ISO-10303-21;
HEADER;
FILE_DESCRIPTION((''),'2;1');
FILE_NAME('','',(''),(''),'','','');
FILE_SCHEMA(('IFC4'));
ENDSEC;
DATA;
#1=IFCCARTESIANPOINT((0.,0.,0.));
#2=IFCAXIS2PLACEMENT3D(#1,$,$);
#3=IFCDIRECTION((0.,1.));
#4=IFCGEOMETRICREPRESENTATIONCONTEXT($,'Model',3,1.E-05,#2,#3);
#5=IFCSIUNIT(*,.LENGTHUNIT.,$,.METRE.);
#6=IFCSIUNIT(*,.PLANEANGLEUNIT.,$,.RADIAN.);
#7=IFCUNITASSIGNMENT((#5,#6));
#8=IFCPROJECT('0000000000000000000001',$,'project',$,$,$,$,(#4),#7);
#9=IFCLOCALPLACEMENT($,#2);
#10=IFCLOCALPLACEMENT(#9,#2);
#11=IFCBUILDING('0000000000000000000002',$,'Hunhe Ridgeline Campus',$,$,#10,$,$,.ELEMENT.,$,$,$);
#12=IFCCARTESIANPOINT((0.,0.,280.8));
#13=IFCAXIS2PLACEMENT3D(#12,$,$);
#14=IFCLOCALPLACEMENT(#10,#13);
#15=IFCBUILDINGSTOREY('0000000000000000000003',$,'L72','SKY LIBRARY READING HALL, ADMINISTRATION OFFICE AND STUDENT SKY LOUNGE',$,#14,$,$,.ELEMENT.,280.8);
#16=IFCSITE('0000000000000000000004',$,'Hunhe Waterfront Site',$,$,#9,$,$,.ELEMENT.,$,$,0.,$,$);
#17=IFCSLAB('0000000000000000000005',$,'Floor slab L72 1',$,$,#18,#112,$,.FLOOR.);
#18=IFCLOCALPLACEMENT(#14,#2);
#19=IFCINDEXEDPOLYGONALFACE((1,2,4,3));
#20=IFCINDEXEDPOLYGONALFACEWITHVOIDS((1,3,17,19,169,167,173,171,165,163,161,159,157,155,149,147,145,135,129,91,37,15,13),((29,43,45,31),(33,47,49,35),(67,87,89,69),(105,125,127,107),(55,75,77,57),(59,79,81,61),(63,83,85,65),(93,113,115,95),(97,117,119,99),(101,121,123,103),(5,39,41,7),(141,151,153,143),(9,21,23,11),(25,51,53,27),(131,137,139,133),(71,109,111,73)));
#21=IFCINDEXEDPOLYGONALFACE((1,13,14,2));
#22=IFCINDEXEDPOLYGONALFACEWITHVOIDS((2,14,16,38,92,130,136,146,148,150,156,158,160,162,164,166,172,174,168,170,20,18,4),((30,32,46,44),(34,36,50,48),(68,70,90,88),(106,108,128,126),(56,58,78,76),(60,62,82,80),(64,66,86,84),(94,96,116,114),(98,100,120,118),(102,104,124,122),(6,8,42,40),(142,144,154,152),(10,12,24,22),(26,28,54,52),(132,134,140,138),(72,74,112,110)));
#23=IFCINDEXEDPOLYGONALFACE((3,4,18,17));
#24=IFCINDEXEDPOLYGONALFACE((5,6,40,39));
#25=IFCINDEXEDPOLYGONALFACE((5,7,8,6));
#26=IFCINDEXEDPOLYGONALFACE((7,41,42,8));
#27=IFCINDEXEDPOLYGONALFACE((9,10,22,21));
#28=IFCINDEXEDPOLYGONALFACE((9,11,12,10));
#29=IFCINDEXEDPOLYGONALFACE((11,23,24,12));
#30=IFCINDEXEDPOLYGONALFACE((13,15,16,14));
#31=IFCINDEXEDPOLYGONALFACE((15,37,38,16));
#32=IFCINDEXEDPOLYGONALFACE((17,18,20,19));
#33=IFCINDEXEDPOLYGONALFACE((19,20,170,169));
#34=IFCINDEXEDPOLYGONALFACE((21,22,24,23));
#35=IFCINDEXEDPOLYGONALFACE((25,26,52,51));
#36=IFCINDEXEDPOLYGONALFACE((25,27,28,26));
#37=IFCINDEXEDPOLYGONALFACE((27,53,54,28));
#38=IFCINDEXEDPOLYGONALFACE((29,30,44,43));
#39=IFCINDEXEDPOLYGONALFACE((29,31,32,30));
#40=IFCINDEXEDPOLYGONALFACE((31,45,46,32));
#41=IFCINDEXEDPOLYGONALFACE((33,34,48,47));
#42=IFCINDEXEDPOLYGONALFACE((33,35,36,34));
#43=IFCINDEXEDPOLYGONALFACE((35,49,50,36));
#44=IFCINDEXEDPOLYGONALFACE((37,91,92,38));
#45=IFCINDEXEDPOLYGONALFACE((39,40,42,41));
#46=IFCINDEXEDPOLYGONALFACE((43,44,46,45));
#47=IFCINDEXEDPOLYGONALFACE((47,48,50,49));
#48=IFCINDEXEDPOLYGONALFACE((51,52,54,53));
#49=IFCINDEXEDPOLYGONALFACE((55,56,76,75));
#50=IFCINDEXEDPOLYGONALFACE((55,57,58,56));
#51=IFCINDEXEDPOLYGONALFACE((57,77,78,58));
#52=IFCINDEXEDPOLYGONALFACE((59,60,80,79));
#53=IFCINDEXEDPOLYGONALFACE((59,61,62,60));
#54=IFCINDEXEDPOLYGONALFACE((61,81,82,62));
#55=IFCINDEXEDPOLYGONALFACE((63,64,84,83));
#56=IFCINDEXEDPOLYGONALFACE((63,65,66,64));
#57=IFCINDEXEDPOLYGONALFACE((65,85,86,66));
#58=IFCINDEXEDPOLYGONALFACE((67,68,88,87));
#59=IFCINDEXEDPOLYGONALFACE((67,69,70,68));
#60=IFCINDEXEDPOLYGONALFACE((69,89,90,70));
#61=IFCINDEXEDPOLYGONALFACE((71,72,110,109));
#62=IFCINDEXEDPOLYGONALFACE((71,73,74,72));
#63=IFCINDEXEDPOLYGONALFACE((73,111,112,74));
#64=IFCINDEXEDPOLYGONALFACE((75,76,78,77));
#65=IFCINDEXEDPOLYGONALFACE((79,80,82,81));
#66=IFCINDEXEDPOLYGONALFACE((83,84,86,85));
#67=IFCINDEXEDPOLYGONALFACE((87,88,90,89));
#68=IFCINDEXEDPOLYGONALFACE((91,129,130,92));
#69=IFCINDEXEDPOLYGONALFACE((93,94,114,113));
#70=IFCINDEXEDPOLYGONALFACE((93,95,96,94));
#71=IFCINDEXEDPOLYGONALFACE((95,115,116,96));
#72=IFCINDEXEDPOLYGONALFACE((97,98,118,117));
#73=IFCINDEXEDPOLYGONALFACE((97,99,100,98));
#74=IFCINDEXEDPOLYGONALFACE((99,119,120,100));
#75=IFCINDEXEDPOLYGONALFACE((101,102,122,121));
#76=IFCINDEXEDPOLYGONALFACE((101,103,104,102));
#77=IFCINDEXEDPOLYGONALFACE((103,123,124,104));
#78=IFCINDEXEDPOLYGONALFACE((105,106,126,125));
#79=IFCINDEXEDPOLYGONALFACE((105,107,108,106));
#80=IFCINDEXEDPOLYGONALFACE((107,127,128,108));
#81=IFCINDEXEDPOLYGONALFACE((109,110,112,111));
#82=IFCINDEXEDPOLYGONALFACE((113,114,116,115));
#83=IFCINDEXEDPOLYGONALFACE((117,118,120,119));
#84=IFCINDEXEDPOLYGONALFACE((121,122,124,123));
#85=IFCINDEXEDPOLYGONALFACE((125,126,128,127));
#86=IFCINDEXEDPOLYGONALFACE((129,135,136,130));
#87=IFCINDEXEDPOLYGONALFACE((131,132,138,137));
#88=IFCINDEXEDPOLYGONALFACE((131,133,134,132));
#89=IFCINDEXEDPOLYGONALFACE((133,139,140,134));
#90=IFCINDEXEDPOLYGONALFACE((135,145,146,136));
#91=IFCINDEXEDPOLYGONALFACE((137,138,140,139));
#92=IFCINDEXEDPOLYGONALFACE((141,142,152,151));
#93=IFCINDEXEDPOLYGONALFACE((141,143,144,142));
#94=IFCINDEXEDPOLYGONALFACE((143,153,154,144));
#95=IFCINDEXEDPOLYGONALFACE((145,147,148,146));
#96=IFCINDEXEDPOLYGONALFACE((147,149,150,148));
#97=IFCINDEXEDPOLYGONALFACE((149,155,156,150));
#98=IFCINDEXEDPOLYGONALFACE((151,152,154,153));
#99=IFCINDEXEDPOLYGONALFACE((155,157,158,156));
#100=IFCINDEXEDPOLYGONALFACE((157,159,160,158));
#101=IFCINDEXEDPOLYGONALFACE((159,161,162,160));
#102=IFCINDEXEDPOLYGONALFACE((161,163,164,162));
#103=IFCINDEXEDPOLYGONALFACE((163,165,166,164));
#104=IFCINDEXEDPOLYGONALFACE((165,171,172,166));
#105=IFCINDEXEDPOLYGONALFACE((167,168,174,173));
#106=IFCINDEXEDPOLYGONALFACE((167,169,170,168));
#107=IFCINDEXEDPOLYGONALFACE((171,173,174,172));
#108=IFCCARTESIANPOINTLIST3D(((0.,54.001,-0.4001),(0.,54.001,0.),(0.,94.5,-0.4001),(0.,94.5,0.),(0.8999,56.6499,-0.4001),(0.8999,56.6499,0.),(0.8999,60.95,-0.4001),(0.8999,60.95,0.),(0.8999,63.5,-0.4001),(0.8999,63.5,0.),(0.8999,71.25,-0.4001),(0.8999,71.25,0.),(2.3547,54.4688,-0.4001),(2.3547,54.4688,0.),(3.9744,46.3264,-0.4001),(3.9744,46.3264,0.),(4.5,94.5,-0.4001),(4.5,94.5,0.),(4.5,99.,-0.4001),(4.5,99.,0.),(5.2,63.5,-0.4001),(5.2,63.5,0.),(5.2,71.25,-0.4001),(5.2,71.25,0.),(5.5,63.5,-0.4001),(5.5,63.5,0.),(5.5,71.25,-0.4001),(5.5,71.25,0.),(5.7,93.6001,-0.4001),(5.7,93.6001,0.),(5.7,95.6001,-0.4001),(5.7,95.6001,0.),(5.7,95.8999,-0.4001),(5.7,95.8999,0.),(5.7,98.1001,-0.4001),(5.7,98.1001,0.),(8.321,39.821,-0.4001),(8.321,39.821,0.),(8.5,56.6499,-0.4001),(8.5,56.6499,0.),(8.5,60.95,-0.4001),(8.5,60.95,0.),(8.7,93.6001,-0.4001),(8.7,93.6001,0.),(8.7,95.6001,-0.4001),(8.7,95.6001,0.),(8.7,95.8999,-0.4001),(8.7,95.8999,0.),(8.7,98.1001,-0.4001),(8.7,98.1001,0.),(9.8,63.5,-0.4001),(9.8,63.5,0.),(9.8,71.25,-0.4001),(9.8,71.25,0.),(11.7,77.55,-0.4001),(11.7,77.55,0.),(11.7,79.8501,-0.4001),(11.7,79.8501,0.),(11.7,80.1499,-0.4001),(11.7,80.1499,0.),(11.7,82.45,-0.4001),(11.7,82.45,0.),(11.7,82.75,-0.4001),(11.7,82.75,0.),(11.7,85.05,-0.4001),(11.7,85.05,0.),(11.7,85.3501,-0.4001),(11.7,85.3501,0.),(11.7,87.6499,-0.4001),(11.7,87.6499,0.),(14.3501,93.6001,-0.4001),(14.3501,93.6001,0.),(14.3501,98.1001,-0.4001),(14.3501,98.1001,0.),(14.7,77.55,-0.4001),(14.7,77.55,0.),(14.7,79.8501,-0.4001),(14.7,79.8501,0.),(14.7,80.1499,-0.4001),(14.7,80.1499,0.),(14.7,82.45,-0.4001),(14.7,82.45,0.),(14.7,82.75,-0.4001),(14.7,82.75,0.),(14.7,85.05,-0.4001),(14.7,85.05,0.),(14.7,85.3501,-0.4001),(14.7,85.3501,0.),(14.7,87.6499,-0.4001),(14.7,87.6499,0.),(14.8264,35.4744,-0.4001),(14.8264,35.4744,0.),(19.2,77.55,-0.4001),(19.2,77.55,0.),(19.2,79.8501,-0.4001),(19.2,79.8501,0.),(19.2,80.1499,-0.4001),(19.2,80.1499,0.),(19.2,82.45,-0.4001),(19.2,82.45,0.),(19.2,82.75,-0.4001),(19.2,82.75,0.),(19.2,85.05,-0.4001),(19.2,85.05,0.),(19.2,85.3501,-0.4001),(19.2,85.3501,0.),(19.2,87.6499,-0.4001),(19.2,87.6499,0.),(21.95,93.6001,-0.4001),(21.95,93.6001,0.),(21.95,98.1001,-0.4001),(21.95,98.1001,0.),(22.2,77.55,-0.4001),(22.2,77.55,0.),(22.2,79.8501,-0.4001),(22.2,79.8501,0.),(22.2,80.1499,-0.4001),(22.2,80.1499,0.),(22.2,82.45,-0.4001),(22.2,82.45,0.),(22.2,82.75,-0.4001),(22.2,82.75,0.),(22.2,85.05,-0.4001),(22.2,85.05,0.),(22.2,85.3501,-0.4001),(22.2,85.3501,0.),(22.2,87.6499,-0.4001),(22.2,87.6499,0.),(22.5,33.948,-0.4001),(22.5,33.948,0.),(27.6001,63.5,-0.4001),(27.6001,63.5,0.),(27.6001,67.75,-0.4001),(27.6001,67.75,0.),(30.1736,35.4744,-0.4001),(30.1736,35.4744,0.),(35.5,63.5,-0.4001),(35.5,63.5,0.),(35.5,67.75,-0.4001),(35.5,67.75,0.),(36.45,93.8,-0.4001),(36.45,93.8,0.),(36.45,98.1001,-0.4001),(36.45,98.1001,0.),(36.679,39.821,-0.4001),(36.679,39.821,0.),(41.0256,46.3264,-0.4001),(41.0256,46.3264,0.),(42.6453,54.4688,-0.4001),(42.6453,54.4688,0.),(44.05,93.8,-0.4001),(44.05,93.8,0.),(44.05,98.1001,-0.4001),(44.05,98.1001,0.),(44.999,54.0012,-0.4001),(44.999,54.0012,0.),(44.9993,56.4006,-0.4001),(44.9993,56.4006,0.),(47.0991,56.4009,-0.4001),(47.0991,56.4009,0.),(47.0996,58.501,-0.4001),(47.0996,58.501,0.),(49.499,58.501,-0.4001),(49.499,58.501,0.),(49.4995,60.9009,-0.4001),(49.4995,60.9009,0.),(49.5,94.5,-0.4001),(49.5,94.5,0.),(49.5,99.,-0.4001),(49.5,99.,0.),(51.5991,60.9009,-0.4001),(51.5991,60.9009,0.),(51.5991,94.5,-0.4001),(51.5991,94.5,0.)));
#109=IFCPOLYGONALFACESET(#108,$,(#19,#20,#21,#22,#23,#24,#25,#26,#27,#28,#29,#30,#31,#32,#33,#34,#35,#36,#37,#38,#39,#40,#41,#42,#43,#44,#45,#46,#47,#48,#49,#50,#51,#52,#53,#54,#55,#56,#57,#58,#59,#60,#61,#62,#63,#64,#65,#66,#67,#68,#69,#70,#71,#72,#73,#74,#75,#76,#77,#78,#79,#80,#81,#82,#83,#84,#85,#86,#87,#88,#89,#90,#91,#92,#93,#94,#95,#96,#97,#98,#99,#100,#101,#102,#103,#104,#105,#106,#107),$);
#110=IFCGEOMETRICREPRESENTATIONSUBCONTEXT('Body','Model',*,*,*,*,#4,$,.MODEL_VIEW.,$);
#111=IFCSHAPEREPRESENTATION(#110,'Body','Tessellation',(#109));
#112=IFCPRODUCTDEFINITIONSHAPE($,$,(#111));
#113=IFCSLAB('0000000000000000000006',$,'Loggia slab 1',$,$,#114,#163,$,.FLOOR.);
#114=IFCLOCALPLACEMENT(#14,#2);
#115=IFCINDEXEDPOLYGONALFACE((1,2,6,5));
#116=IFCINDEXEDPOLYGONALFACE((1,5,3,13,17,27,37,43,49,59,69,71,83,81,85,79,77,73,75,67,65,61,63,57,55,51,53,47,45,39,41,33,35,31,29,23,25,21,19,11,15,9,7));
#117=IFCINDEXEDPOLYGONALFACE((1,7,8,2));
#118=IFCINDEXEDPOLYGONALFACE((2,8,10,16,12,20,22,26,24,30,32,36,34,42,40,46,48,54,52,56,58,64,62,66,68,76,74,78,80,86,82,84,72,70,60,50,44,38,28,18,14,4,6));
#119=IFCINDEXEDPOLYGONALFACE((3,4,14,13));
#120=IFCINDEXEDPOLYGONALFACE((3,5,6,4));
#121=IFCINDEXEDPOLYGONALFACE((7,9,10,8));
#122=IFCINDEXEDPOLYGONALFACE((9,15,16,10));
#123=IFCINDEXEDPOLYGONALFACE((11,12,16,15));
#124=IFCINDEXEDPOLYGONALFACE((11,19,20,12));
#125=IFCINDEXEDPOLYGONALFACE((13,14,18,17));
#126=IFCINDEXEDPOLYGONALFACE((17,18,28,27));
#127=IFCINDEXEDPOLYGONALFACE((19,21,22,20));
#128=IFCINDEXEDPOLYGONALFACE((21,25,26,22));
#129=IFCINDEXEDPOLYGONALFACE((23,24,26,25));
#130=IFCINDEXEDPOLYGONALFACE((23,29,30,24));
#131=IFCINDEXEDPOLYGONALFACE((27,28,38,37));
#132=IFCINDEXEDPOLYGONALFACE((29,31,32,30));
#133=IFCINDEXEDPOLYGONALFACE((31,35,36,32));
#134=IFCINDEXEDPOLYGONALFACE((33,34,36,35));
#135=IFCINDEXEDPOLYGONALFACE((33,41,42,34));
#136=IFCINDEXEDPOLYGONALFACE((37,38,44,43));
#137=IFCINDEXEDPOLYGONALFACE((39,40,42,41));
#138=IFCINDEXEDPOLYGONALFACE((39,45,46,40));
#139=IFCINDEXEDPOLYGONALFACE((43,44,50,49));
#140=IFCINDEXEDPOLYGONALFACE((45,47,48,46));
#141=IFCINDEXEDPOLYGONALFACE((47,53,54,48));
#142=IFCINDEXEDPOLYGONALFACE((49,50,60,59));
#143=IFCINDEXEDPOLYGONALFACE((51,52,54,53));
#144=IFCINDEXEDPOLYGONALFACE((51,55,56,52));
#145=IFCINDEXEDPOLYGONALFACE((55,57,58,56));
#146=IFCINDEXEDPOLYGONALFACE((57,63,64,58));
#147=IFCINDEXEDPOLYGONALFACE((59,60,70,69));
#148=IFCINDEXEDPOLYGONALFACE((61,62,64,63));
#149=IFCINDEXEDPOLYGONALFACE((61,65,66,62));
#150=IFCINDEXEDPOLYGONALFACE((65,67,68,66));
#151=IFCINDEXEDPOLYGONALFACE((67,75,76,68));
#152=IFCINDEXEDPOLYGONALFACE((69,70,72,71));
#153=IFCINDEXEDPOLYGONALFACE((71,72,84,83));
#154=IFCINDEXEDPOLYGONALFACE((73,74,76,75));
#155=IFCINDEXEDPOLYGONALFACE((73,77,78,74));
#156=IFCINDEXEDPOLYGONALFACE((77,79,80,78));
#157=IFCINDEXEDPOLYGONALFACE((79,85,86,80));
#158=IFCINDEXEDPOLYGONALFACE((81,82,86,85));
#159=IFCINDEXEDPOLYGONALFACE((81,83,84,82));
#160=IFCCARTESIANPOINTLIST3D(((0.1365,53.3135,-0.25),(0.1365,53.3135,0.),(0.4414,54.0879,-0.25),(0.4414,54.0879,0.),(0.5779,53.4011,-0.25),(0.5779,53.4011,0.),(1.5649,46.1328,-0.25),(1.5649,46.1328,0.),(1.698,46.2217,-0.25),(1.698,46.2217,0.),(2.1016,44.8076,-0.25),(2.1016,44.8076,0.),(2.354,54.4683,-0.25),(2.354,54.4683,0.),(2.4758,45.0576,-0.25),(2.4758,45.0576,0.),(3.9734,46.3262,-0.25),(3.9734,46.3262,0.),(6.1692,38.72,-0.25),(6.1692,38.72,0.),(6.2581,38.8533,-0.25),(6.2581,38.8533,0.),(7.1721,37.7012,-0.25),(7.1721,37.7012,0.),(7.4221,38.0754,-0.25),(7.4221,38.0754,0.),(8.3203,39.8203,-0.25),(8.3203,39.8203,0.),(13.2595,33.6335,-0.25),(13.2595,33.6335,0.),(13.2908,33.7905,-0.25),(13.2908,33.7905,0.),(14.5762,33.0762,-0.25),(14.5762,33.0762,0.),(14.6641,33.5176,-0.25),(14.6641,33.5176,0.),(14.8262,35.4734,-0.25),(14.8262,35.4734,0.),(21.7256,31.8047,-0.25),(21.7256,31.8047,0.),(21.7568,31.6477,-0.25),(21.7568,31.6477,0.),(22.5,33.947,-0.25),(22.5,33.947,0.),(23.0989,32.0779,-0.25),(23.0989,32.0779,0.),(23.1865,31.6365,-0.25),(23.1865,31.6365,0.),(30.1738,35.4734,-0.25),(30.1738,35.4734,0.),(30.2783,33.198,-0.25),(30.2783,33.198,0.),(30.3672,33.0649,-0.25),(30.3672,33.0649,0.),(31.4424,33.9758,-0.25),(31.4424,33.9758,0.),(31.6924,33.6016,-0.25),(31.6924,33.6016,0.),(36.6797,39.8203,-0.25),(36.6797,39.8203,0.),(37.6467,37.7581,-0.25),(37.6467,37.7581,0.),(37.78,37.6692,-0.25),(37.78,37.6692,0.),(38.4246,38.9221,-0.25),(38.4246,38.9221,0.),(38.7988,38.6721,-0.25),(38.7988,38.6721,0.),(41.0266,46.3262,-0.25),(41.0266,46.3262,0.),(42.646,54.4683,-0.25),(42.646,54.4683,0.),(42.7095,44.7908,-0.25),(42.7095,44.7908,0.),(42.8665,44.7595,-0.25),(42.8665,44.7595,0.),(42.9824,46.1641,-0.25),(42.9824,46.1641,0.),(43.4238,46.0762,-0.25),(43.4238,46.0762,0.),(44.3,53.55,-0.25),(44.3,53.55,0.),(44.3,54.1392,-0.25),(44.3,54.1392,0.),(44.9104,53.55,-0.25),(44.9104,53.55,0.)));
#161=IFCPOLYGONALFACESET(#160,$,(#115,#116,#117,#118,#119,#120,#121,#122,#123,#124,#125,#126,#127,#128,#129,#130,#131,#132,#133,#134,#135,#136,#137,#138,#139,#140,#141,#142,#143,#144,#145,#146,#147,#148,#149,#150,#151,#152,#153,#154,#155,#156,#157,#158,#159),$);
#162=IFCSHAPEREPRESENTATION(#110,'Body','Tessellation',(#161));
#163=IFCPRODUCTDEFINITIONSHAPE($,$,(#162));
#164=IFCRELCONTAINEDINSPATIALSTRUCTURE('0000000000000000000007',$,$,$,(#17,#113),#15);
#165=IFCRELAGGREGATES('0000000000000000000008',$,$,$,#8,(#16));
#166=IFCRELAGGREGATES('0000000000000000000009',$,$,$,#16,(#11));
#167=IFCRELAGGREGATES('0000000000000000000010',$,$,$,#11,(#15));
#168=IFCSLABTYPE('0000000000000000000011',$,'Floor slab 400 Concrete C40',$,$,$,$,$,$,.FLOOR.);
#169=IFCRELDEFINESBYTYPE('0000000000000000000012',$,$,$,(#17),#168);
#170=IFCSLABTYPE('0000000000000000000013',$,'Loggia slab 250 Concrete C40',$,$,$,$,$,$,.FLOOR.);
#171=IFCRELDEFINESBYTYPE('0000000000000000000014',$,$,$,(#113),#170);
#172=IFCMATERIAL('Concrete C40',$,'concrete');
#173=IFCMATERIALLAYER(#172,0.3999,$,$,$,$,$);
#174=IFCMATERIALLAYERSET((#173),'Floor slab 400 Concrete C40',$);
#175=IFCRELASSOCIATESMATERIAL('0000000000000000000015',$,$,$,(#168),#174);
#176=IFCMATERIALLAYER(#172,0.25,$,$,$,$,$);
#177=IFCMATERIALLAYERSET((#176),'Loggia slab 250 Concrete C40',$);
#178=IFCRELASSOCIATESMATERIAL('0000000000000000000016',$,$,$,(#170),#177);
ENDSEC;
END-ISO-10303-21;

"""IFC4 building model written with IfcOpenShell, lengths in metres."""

from ifc_helpers import new_model, si_unit, direction, frame, origin, place, context, subcontext, project, spatial, polyline, outline, extrude, material, layer, layer_set, type_object, element, save


model = new_model("IFC4")

# Units and contexts
model_context = context("Model", 3, precision=1e-05, world=origin(), true_north=direction((0.0, 1.0)))
body_context = subcontext(model_context, "Body", "Model", "MODEL_VIEW")
ifc_project = project(units=[si_unit("LENGTHUNIT", "METRE"), si_unit("PLANEANGLEUNIT", "RADIAN")], contexts=[model_context])

# Site, building, storey
site_placement = place(None, origin())
site = spatial("IfcSite", under=ifc_project, at=site_placement, Name="Hunhe Waterfront Site", CompositionType="ELEMENT", RefElevation=0.0)
building_placement = place(site_placement, origin())
building = spatial("IfcBuilding", under=site, at=building_placement, Name="Hunhe Ridgeline Campus", CompositionType="ELEMENT")
storey_placement = place(building_placement, frame((0.0, 0.0, 280.8)))
storey = spatial("IfcBuildingStorey", under=building, at=storey_placement, Name="L72", Description="SKY LIBRARY READING HALL, ADMINISTRATION OFFICE AND STUDENT SKY LOUNGE", CompositionType="ELEMENT", Elevation=280.8)

# Slabs
ifc_material_1 = material(Name="Concrete C40", Category="concrete")
ifc_layer_1 = layer(ifc_material_1, 0.3999)
ifc_layer_set_1 = layer_set([ifc_layer_1], Name="Floor slab 400 Concrete C40")
slab_type_1 = type_object("IfcSlabType", Name="Floor slab 400 Concrete C40", PredefinedType="FLOOR", material=ifc_layer_set_1)
slab_1_placement = place(storey_placement, frame((0.0, 0.0, -0.4001)))
element("IfcSlab", 1, at=slab_1_placement, inside=storey, type_object=slab_type_1, Name="Floor slab L72 1", PredefinedType="FLOOR", context=body_context, shape_type="SweptSolid", body=[
    extrude(outline(polyline([(36.679, 39.821), (41.0256, 46.3264), (42.6453, 54.4688), (44.999, 54.0012), (44.9993, 56.4006), (47.0991, 56.4009), (47.0996, 58.501), (49.499, 58.501), (49.4995, 60.9009), (51.5991, 60.9009), (51.5991, 94.5), (49.5, 94.5), (49.5, 99.0), (4.5, 99.0), (4.5, 94.5), (0.0, 94.5), (0.0, 54.001), (2.3547, 54.4688), (3.9744, 46.3264), (8.321, 39.821), (14.8264, 35.4744), (22.5, 33.948), (30.1736, 35.4744), (36.679, 39.821)]), holes=[polyline([(44.05, 98.1001), (36.45, 98.1001), (36.45, 93.8), (44.05, 93.8), (44.05, 98.1001)]), polyline([(27.6001, 67.75), (27.6001, 63.5), (35.5, 63.5), (35.5, 67.75), (27.6001, 67.75)]), polyline([(22.2, 85.3501), (22.2, 87.6499), (19.2, 87.6499), (19.2, 85.3501), (22.2, 85.3501)]), polyline([(22.2, 85.05), (19.2, 85.05), (19.2, 82.75), (22.2, 82.75), (22.2, 85.05)]), polyline([(19.2, 82.45), (19.2, 80.1499), (22.2, 80.1499), (22.2, 82.45), (19.2, 82.45)]), polyline([(19.2, 77.55), (22.2, 77.55), (22.2, 79.8501), (19.2, 79.8501), (19.2, 77.55)]), polyline([(21.95, 98.1001), (14.3501, 98.1001), (14.3501, 93.6001), (21.95, 93.6001), (21.95, 98.1001)]), polyline([(14.7, 85.3501), (14.7, 87.6499), (11.7, 87.6499), (11.7, 85.3501), (14.7, 85.3501)]), polyline([(14.7, 85.05), (11.7, 85.05), (11.7, 82.75), (14.7, 82.75), (14.7, 85.05)]), polyline([(11.7, 82.45), (11.7, 80.1499), (14.7, 80.1499), (14.7, 82.45), (11.7, 82.45)]), polyline([(11.7, 77.55), (14.7, 77.55), (14.7, 79.8501), (11.7, 79.8501), (11.7, 77.55)]), polyline([(5.5, 63.5), (9.8, 63.5), (9.8, 71.25), (5.5, 71.25), (5.5, 63.5)]), polyline([(5.7, 98.1001), (5.7, 95.8999), (8.7, 95.8999), (8.7, 98.1001), (5.7, 98.1001)]), polyline([(5.7, 93.6001), (8.7, 93.6001), (8.7, 95.6001), (5.7, 95.6001), (5.7, 93.6001)]), polyline([(0.8999, 60.95), (0.8999, 56.6499), (8.5, 56.6499), (8.5, 60.95), (0.8999, 60.95)]), polyline([(5.2, 63.5), (5.2, 71.25), (0.8999, 71.25), (0.8999, 63.5), (5.2, 63.5)])]), origin(), (0.0, 0.0, 1.0), 0.4001),
])
ifc_layer_2 = layer(ifc_material_1, 0.25)
ifc_layer_set_2 = layer_set([ifc_layer_2], Name="Loggia slab 250 Concrete C40")
slab_type_2 = type_object("IfcSlabType", Name="Loggia slab 250 Concrete C40", PredefinedType="FLOOR", material=ifc_layer_set_2)
slab_2_placement = place(storey_placement, frame((0.0, 0.0, -0.25)))
element("IfcSlab", 2, at=slab_2_placement, inside=storey, type_object=slab_type_2, Name="Loggia slab 1", PredefinedType="FLOOR", context=body_context, shape_type="SweptSolid", body=[
    extrude(outline(polyline([(30.1738, 35.4734), (22.5, 33.947), (14.8262, 35.4734), (8.3203, 39.8203), (3.9734, 46.3262), (2.354, 54.4683), (0.4414, 54.0879), (0.5779, 53.4011), (0.1365, 53.3135), (1.5649, 46.1328), (1.698, 46.2217), (2.4758, 45.0576), (2.1016, 44.8076), (6.1692, 38.72), (6.2581, 38.8533), (7.4221, 38.0754), (7.1721, 37.7012), (13.2595, 33.6335), (13.2908, 33.7905), (14.6641, 33.5176), (14.5762, 33.0762), (21.7568, 31.6477), (21.7256, 31.8047), (23.0989, 32.0779), (23.1865, 31.6365), (30.3672, 33.0649), (30.2783, 33.198), (31.4424, 33.9758), (31.6924, 33.6016), (37.78, 37.6692), (37.6467, 37.7581), (38.4246, 38.9221), (38.7988, 38.6721), (42.8665, 44.7595), (42.7095, 44.7908), (42.9824, 46.1641), (43.4238, 46.0762), (44.9104, 53.55), (44.3, 53.55), (44.3, 54.1392), (42.646, 54.4683), (41.0266, 46.3262), (36.6797, 39.8203), (30.1738, 35.4734)])), origin(), (0.0, 0.0, 1.0), 0.25),
])

save(model, "model.ifc")
